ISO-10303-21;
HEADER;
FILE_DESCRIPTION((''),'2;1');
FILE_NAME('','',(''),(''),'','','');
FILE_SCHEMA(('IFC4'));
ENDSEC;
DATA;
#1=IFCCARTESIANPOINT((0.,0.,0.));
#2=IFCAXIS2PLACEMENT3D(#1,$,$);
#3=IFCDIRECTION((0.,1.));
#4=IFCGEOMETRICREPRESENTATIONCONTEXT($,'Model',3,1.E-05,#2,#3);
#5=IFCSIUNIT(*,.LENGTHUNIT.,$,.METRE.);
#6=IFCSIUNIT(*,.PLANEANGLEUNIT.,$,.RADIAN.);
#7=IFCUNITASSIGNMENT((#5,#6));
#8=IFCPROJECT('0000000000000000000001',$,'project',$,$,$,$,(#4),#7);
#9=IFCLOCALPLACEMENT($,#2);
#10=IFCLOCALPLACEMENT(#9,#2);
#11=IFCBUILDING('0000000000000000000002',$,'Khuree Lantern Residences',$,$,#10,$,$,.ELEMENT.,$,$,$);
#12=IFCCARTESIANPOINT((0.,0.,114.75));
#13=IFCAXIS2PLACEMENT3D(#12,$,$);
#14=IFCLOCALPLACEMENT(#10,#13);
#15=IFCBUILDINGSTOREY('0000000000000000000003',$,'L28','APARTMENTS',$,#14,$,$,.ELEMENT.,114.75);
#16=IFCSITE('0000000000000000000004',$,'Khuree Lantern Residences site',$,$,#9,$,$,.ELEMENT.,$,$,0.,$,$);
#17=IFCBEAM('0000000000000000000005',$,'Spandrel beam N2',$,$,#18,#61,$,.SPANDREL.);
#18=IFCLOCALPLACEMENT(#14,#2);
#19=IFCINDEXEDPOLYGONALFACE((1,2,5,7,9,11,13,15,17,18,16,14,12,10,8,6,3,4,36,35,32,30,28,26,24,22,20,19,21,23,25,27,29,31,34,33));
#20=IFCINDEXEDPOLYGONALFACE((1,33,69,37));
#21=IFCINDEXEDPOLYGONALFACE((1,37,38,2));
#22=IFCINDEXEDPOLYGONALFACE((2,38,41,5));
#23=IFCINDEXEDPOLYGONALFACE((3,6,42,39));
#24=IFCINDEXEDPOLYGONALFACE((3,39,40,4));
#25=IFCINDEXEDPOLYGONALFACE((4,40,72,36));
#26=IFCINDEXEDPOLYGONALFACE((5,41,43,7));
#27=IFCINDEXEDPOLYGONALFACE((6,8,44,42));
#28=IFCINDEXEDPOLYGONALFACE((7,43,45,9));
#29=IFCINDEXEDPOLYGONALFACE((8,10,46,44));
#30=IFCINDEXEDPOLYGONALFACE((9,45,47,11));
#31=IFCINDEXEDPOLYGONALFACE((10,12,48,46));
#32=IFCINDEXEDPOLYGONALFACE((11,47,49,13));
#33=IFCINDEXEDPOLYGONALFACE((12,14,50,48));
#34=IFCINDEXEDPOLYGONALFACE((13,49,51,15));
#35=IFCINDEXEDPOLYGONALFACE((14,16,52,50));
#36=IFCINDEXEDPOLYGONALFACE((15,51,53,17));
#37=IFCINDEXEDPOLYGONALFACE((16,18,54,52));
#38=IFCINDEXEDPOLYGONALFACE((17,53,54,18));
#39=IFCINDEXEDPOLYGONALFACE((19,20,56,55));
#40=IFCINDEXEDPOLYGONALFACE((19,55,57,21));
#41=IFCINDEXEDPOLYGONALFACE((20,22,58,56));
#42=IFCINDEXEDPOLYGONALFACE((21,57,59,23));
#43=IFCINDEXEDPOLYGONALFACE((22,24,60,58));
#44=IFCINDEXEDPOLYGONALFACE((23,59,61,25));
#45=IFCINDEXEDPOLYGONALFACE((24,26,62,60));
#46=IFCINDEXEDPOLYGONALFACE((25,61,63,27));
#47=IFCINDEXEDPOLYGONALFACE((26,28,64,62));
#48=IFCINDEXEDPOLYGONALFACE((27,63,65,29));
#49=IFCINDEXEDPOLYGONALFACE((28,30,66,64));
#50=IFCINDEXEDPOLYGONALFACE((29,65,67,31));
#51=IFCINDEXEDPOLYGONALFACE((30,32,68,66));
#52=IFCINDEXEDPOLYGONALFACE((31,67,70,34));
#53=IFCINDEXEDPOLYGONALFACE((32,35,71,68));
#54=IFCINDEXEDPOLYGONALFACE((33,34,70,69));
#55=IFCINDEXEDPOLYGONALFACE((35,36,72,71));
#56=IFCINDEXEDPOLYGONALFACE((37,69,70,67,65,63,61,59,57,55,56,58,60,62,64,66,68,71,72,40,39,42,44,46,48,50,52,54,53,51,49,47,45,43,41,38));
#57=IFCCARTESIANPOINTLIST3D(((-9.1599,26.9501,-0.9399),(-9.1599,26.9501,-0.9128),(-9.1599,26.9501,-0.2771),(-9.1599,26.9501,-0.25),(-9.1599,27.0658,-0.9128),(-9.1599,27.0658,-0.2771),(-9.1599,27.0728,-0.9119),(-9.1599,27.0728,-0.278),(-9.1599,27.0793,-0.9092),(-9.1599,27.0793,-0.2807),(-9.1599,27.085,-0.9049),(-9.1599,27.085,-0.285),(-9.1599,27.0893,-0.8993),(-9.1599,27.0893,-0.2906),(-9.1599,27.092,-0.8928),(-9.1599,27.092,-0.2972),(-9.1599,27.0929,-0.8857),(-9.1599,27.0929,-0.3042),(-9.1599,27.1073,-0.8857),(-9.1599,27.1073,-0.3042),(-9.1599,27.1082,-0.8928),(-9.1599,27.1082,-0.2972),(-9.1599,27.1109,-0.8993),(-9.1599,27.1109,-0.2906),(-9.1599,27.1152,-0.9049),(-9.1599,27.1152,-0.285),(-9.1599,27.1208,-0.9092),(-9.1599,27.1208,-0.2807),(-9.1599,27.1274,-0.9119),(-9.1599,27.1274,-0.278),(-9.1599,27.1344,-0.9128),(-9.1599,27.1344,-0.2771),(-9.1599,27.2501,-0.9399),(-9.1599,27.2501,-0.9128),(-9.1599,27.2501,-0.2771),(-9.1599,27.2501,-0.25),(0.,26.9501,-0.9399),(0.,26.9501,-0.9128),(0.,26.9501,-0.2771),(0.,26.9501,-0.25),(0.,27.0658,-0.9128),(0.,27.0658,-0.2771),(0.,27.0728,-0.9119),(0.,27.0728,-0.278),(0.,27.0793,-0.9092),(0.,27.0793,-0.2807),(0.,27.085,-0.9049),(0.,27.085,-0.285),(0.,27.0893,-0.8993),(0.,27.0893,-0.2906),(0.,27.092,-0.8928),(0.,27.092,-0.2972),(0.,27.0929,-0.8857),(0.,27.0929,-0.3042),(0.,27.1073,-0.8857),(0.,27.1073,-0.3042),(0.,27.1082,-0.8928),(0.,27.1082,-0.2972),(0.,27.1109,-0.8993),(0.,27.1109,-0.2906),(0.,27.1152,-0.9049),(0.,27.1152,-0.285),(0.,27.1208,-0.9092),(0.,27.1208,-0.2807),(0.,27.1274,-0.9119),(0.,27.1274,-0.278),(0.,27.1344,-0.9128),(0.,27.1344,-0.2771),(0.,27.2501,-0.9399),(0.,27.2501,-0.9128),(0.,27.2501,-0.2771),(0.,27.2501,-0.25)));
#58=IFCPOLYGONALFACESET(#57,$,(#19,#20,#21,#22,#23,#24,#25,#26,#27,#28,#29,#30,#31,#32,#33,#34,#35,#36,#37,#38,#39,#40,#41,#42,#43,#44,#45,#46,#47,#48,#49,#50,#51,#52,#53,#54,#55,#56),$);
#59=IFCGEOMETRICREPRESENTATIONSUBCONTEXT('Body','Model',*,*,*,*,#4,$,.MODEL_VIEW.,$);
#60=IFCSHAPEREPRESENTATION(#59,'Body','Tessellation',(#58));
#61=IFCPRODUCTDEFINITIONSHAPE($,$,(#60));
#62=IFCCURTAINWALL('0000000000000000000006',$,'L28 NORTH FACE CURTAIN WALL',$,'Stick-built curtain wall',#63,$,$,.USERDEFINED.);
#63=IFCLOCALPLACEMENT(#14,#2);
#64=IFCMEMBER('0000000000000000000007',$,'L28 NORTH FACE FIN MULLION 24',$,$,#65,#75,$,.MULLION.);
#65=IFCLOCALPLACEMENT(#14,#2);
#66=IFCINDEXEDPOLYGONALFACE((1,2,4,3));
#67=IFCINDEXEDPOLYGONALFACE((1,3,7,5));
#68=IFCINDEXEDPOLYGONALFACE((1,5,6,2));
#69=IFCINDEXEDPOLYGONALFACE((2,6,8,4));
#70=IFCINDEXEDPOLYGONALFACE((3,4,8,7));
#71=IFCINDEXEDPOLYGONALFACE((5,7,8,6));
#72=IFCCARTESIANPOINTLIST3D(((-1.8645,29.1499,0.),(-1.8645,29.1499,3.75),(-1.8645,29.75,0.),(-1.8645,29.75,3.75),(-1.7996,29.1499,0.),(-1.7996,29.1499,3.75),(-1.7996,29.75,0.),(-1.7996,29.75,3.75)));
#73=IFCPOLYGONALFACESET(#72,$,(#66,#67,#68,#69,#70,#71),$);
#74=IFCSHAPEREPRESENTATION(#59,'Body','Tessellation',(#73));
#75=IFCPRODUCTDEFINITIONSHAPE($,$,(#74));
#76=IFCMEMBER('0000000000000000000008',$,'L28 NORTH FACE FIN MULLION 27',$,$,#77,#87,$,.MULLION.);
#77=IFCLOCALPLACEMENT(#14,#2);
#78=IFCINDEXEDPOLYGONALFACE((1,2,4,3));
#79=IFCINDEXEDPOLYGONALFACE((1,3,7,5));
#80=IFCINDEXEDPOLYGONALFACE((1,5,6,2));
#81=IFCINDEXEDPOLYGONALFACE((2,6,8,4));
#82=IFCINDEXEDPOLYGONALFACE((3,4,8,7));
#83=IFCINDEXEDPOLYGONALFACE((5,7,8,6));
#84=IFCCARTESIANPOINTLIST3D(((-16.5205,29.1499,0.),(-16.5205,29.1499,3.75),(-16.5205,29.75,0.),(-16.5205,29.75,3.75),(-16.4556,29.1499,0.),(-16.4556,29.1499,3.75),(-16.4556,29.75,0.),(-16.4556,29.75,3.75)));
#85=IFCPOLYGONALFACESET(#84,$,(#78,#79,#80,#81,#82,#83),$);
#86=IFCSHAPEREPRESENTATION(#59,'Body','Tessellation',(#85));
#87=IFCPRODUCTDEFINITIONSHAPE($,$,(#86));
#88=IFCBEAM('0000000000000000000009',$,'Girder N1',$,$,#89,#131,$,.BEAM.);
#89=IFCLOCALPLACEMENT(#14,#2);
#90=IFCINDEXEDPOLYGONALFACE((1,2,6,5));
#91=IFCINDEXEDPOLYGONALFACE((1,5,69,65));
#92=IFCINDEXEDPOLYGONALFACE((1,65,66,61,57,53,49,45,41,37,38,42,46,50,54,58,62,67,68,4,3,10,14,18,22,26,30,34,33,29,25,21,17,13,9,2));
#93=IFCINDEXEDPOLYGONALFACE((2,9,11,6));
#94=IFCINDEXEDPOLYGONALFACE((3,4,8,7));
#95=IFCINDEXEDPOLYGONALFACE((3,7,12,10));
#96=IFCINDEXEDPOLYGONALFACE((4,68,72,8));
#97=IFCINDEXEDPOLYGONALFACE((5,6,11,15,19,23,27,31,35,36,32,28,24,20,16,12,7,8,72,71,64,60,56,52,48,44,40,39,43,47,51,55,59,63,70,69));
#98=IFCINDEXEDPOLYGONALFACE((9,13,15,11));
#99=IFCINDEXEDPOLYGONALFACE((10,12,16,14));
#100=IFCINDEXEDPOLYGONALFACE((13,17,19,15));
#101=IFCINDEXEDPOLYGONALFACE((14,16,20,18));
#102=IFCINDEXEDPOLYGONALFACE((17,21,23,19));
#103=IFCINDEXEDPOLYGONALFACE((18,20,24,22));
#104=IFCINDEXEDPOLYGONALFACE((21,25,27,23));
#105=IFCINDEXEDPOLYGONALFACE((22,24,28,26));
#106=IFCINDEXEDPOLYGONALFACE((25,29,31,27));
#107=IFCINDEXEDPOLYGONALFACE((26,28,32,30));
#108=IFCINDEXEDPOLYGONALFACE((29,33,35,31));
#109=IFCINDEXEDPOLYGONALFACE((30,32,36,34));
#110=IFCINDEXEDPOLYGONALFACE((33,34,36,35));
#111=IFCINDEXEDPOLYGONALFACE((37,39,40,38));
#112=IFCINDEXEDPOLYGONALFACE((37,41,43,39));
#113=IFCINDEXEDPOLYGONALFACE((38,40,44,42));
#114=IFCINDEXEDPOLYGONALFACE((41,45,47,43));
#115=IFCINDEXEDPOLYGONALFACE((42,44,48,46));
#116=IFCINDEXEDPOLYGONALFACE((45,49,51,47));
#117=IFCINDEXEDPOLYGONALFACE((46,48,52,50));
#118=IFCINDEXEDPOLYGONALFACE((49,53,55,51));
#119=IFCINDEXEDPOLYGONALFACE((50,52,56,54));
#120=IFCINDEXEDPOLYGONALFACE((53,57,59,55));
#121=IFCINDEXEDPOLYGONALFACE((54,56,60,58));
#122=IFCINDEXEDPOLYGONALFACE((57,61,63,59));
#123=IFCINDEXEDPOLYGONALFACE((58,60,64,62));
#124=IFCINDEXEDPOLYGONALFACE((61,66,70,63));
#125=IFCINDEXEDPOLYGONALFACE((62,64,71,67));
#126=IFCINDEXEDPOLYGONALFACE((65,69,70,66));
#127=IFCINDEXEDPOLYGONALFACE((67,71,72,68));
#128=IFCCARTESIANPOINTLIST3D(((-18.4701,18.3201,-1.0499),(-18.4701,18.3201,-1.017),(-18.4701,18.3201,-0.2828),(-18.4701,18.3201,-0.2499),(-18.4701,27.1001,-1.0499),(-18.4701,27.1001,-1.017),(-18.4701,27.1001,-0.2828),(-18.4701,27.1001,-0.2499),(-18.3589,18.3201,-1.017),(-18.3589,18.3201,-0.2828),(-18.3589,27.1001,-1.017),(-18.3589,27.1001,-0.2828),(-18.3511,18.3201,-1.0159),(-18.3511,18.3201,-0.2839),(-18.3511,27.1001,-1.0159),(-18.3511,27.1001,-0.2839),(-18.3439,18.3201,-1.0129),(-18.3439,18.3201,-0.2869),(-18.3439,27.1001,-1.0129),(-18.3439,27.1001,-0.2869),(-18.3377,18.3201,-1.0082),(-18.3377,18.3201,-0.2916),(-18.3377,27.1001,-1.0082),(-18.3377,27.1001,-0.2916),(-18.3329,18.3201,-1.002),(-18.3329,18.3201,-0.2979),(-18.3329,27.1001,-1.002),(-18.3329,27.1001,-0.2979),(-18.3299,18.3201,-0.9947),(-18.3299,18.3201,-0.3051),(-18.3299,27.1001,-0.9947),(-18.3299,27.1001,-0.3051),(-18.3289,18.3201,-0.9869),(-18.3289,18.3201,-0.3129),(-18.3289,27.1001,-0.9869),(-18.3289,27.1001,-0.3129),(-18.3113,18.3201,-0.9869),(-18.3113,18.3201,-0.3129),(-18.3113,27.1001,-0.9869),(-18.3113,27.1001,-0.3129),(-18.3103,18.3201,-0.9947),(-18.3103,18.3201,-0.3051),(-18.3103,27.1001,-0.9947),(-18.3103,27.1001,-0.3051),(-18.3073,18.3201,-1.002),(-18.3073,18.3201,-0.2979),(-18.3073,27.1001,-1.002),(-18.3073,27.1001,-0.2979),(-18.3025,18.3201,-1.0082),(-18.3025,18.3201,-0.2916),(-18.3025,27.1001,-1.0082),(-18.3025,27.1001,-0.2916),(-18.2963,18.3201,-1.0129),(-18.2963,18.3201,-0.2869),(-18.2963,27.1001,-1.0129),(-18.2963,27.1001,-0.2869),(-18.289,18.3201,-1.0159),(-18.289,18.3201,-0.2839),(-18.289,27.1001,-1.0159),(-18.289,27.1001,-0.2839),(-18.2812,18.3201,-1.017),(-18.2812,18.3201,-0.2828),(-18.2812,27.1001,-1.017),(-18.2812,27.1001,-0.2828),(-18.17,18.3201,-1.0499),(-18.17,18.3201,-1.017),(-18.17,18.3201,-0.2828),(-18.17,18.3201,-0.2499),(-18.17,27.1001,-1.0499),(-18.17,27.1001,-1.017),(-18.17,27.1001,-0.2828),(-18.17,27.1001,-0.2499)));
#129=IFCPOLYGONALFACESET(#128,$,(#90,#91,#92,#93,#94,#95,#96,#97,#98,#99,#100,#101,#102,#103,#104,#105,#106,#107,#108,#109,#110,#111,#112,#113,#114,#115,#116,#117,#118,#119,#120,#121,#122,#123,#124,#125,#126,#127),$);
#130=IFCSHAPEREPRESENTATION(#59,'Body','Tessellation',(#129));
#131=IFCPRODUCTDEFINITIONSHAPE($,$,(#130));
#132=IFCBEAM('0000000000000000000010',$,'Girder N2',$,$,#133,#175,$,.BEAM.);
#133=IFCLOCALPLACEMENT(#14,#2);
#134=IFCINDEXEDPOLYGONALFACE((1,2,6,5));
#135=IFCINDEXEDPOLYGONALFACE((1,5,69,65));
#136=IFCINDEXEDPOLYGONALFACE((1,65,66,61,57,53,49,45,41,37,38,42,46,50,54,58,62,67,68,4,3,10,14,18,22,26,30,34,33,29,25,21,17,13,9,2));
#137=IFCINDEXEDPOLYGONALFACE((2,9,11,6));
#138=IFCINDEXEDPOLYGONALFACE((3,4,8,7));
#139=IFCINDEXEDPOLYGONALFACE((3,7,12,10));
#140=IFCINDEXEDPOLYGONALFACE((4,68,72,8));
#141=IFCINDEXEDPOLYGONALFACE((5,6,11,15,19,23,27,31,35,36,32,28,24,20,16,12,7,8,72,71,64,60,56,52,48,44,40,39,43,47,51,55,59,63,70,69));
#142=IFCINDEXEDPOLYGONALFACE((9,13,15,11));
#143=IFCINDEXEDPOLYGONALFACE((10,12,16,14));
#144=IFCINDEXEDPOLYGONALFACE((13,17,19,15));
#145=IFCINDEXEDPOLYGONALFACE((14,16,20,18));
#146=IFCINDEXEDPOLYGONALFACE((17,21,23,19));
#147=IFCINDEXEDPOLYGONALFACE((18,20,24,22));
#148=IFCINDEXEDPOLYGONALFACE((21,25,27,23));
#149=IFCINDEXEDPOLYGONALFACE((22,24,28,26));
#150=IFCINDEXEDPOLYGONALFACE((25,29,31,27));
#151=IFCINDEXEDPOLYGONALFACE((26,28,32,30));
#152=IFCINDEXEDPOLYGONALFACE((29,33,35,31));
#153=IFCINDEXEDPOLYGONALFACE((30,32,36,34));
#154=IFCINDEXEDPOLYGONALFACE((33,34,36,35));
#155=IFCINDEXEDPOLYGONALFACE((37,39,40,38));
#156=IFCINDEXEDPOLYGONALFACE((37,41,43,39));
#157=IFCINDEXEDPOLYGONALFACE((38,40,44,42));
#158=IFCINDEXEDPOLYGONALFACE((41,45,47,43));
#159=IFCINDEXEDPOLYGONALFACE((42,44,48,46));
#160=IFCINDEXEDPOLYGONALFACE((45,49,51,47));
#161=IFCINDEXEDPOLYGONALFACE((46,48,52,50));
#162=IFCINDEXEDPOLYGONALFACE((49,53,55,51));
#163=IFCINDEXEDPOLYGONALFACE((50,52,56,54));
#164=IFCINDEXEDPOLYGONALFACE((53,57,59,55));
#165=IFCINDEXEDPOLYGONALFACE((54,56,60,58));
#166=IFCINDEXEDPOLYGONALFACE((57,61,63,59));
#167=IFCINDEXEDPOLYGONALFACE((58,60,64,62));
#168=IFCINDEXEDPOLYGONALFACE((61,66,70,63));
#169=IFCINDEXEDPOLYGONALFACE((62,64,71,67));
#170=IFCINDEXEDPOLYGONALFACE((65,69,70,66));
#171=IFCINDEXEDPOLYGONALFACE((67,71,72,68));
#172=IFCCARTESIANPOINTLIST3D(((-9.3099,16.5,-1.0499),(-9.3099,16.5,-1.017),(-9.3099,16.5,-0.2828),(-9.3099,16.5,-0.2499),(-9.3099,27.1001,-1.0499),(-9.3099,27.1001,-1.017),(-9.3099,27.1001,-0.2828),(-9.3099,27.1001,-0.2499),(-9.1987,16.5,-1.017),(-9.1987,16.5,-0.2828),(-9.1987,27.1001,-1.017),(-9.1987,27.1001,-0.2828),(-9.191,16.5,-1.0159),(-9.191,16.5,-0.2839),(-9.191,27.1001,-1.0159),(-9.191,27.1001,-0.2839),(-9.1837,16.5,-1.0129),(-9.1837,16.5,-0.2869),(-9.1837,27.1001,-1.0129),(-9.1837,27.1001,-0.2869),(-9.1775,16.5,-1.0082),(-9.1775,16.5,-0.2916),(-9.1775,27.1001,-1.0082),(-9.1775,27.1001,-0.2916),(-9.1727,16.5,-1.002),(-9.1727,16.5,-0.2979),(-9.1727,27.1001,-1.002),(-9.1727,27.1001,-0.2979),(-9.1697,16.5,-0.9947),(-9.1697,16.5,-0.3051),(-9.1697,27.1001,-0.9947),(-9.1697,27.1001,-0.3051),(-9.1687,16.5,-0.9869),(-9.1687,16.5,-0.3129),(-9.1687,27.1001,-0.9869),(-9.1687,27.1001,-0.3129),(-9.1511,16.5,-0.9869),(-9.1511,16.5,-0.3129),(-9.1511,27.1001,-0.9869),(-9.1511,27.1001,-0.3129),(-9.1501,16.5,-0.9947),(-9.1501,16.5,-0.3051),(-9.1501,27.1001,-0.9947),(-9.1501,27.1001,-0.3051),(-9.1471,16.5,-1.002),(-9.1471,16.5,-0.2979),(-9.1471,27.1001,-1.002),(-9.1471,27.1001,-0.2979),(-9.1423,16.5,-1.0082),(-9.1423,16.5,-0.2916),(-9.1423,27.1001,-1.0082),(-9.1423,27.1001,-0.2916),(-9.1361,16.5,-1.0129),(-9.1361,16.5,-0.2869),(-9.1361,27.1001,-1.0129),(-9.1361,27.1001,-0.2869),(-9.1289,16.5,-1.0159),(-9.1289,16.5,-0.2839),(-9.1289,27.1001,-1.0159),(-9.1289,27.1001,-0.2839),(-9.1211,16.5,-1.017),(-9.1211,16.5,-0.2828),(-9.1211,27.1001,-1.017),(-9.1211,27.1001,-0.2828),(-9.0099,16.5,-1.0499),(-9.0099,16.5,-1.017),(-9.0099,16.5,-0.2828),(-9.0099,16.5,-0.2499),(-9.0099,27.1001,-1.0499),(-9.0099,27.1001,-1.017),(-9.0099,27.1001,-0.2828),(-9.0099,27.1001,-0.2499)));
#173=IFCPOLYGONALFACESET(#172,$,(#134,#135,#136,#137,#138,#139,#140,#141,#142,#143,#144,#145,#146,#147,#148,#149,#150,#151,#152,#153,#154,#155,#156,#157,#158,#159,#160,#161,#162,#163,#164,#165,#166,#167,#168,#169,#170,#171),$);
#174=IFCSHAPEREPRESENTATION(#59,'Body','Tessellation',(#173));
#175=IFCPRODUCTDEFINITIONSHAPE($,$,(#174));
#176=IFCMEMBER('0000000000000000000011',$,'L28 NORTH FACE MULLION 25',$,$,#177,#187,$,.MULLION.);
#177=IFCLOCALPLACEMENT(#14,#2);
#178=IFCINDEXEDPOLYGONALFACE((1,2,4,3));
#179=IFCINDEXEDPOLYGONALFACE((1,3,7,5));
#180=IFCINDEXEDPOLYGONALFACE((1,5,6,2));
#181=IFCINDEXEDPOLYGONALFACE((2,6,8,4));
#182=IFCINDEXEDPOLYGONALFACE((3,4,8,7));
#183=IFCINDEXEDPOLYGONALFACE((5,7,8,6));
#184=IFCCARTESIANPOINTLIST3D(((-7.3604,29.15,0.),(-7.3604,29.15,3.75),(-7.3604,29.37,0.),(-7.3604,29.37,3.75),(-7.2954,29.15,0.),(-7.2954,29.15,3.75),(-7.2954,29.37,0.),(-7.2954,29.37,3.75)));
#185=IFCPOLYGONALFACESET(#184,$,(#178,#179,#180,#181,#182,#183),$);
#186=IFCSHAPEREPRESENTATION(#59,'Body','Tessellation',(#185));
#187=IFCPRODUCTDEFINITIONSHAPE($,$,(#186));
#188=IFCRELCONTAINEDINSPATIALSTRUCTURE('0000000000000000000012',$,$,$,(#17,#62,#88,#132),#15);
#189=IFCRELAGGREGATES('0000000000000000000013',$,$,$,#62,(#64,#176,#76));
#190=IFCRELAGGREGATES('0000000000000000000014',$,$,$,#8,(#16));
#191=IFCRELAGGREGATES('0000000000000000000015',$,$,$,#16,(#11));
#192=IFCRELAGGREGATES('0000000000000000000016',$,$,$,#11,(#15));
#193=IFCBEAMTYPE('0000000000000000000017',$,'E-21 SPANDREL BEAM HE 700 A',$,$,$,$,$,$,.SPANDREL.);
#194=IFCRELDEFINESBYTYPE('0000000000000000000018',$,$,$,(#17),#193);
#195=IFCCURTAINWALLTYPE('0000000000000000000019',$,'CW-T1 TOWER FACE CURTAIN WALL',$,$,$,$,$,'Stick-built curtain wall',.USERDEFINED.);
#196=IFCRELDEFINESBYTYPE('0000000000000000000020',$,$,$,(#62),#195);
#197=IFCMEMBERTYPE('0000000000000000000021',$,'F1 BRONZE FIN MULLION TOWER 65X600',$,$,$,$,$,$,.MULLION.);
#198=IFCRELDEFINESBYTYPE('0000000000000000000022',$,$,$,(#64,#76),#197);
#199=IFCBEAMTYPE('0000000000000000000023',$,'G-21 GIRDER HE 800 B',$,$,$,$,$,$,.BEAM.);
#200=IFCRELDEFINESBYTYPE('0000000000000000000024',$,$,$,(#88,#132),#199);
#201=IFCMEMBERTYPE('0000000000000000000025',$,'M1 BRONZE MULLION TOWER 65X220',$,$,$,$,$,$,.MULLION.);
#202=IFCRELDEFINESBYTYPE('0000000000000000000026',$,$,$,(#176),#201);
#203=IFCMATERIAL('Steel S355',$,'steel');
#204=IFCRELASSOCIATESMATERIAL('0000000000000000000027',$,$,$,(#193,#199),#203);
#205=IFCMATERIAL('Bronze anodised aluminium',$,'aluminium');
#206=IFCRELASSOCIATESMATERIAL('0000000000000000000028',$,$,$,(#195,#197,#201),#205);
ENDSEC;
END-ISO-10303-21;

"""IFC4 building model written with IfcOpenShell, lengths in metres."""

from ifc_helpers import new_model, si_unit, direction, frame, origin, origin_2d, place, context, subcontext, project, spatial, rectangle, i_section, extrude, material, material_profile, profile_set, type_object, element, aggregate, save


model = new_model("IFC4")

# Units and contexts
model_context = context("Model", 3, precision=1e-05, world=origin(), true_north=direction((0.0, 1.0)))
body_context = subcontext(model_context, "Body", "Model", "MODEL_VIEW")
ifc_project = project(units=[si_unit("LENGTHUNIT", "METRE"), si_unit("PLANEANGLEUNIT", "RADIAN")], contexts=[model_context])

# Site, building, storey
site_placement = place(None, origin())
site = spatial("IfcSite", under=ifc_project, at=site_placement, Name="Khuree Lantern Residences site", CompositionType="ELEMENT", RefElevation=0.0)
building_placement = place(site_placement, origin())
building = spatial("IfcBuilding", under=site, at=building_placement, Name="Khuree Lantern Residences", CompositionType="ELEMENT")
storey_placement = place(building_placement, frame((0.0, 0.0, 114.75)))
storey = spatial("IfcBuildingStorey", under=building, at=storey_placement, Name="L28", Description="APARTMENTS", CompositionType="ELEMENT", Elevation=114.75)

# Beam
ifc_material_1 = material(Name="Steel S355", Category="steel")
ifc_material_profile_1 = material_profile(ifc_material_1, i_section(OverallWidth=0.3, OverallDepth=0.6899, WebThickness=0.0144, FlangeThickness=0.0271, FilletRadius=0.0271, at=origin_2d()), Name="HE 700 A")
ifc_profile_set_1 = profile_set([ifc_material_profile_1], Name="Steel S355")
beam_type_1 = type_object("IfcBeamType", Name="E-21 SPANDREL BEAM HE 700 A", PredefinedType="SPANDREL", material=ifc_profile_set_1)
beam_1_placement = place(storey_placement, frame((-9.1599, 27.1001, -0.595), z_axis=(1.0, 0.0, 0.0), x_axis=(0.0, 1.0, 0.0)))
element("IfcBeam", 1, at=beam_1_placement, inside=storey, type_object=beam_type_1, Name="Spandrel beam N2", PredefinedType="SPANDREL", context=body_context, shape_type="SweptSolid", body=[
    extrude(i_section(OverallWidth=0.3, OverallDepth=0.6899, WebThickness=0.0144, FlangeThickness=0.0271, FilletRadius=0.0271, at=origin_2d()), origin(), (0.0, 0.0, 1.0), 9.1599),
])

# Curtain wall, members
ifc_material_2 = material(Name="Bronze anodised aluminium", Category="aluminium")
curtain_wall_type = type_object("IfcCurtainWallType", Name="CW-T1 TOWER FACE CURTAIN WALL", ElementType="Stick-built curtain wall", PredefinedType="USERDEFINED", material=ifc_material_2)
curtain_wall_placement = place(storey_placement, origin())
curtain_wall = element("IfcCurtainWall", 2, at=curtain_wall_placement, inside=storey, type_object=curtain_wall_type, Name="L28 NORTH FACE CURTAIN WALL", ObjectType="Stick-built curtain wall", PredefinedType="USERDEFINED")
ifc_material_profile_2 = material_profile(ifc_material_2, rectangle(XDim=0.0649, YDim=0.6001, at=origin_2d()), Name="F1 65X600")
ifc_profile_set_2 = profile_set([ifc_material_profile_2], Name="Bronze anodised aluminium")
member_type_1 = type_object("IfcMemberType", Name="F1 BRONZE FIN MULLION TOWER 65X600", PredefinedType="MULLION", material=ifc_profile_set_2)
member_1_placement = place(storey_placement, frame((-1.832, 29.45, 0.0), z_axis=(0.0, 0.0, 1.0), x_axis=(-1.0, 0.0, 0.0)))
member_1 = element("IfcMember", 3, at=member_1_placement, type_object=member_type_1, Name="L28 NORTH FACE FIN MULLION 24", PredefinedType="MULLION", context=body_context, shape_type="SweptSolid", body=[
    extrude(rectangle(XDim=0.0649, YDim=0.6001, at=origin_2d()), origin(), (0.0, 0.0, 1.0), 3.75),
])
member_2_placement = place(storey_placement, frame((-16.488, 29.45, 0.0), z_axis=(0.0, 0.0, 1.0), x_axis=(-1.0, 0.0, 0.0)))
member_2 = element("IfcMember", 4, at=member_2_placement, type_object=member_type_1, Name="L28 NORTH FACE FIN MULLION 27", PredefinedType="MULLION", context=body_context, shape_type="SweptSolid", body=[
    extrude(rectangle(XDim=0.0649, YDim=0.6001, at=origin_2d()), origin(), (0.0, 0.0, 1.0), 3.75),
])

# Beams
ifc_material_profile_3 = material_profile(ifc_material_1, i_section(OverallWidth=0.3, OverallDepth=0.8, WebThickness=0.0176, FlangeThickness=0.033, FilletRadius=0.03, at=origin_2d()), Name="HE 800 B")
ifc_profile_set_3 = profile_set([ifc_material_profile_3], Name="Steel S355")
beam_type_2 = type_object("IfcBeamType", Name="G-21 GIRDER HE 800 B", PredefinedType="BEAM", material=ifc_profile_set_3)
beam_2_placement = place(storey_placement, frame((-18.3201, 27.1001, -0.6499), z_axis=(0.0, -1.0, 0.0), x_axis=(1.0, 0.0, 0.0)))
element("IfcBeam", 5, at=beam_2_placement, inside=storey, type_object=beam_type_2, Name="Girder N1", PredefinedType="BEAM", context=body_context, shape_type="SweptSolid", body=[
    extrude(i_section(OverallWidth=0.3, OverallDepth=0.8, WebThickness=0.0176, FlangeThickness=0.033, FilletRadius=0.03, at=origin_2d()), origin(), (0.0, 0.0, 1.0), 8.78),
])
beam_3_placement = place(storey_placement, frame((-9.1599, 27.1001, -0.6499), z_axis=(0.0, -1.0, 0.0), x_axis=(1.0, 0.0, 0.0)))
element("IfcBeam", 6, at=beam_3_placement, inside=storey, type_object=beam_type_2, Name="Girder N2", PredefinedType="BEAM", context=body_context, shape_type="SweptSolid", body=[
    extrude(i_section(OverallWidth=0.3, OverallDepth=0.8, WebThickness=0.0176, FlangeThickness=0.033, FilletRadius=0.03, at=origin_2d()), origin(), (0.0, 0.0, 1.0), 10.6001),
])

# Member
ifc_material_profile_4 = material_profile(ifc_material_2, rectangle(XDim=0.0649, YDim=0.22, at=origin_2d()), Name="M1 65X220")
ifc_profile_set_4 = profile_set([ifc_material_profile_4], Name="Bronze anodised aluminium")
member_type_2 = type_object("IfcMemberType", Name="M1 BRONZE MULLION TOWER 65X220", PredefinedType="MULLION", material=ifc_profile_set_4)
member_3_placement = place(storey_placement, frame((-7.3279, 29.26, 0.0), z_axis=(0.0, 0.0, 1.0), x_axis=(-1.0, 0.0, 0.0)))
member_3 = element("IfcMember", 7, at=member_3_placement, type_object=member_type_2, Name="L28 NORTH FACE MULLION 25", PredefinedType="MULLION", context=body_context, shape_type="SweptSolid", body=[
    extrude(rectangle(XDim=0.0649, YDim=0.22, at=origin_2d()), origin(), (0.0, 0.0, 1.0), 3.75),
])

aggregate(curtain_wall, [member_1, member_3, member_2])

save(model, "model.ifc")
